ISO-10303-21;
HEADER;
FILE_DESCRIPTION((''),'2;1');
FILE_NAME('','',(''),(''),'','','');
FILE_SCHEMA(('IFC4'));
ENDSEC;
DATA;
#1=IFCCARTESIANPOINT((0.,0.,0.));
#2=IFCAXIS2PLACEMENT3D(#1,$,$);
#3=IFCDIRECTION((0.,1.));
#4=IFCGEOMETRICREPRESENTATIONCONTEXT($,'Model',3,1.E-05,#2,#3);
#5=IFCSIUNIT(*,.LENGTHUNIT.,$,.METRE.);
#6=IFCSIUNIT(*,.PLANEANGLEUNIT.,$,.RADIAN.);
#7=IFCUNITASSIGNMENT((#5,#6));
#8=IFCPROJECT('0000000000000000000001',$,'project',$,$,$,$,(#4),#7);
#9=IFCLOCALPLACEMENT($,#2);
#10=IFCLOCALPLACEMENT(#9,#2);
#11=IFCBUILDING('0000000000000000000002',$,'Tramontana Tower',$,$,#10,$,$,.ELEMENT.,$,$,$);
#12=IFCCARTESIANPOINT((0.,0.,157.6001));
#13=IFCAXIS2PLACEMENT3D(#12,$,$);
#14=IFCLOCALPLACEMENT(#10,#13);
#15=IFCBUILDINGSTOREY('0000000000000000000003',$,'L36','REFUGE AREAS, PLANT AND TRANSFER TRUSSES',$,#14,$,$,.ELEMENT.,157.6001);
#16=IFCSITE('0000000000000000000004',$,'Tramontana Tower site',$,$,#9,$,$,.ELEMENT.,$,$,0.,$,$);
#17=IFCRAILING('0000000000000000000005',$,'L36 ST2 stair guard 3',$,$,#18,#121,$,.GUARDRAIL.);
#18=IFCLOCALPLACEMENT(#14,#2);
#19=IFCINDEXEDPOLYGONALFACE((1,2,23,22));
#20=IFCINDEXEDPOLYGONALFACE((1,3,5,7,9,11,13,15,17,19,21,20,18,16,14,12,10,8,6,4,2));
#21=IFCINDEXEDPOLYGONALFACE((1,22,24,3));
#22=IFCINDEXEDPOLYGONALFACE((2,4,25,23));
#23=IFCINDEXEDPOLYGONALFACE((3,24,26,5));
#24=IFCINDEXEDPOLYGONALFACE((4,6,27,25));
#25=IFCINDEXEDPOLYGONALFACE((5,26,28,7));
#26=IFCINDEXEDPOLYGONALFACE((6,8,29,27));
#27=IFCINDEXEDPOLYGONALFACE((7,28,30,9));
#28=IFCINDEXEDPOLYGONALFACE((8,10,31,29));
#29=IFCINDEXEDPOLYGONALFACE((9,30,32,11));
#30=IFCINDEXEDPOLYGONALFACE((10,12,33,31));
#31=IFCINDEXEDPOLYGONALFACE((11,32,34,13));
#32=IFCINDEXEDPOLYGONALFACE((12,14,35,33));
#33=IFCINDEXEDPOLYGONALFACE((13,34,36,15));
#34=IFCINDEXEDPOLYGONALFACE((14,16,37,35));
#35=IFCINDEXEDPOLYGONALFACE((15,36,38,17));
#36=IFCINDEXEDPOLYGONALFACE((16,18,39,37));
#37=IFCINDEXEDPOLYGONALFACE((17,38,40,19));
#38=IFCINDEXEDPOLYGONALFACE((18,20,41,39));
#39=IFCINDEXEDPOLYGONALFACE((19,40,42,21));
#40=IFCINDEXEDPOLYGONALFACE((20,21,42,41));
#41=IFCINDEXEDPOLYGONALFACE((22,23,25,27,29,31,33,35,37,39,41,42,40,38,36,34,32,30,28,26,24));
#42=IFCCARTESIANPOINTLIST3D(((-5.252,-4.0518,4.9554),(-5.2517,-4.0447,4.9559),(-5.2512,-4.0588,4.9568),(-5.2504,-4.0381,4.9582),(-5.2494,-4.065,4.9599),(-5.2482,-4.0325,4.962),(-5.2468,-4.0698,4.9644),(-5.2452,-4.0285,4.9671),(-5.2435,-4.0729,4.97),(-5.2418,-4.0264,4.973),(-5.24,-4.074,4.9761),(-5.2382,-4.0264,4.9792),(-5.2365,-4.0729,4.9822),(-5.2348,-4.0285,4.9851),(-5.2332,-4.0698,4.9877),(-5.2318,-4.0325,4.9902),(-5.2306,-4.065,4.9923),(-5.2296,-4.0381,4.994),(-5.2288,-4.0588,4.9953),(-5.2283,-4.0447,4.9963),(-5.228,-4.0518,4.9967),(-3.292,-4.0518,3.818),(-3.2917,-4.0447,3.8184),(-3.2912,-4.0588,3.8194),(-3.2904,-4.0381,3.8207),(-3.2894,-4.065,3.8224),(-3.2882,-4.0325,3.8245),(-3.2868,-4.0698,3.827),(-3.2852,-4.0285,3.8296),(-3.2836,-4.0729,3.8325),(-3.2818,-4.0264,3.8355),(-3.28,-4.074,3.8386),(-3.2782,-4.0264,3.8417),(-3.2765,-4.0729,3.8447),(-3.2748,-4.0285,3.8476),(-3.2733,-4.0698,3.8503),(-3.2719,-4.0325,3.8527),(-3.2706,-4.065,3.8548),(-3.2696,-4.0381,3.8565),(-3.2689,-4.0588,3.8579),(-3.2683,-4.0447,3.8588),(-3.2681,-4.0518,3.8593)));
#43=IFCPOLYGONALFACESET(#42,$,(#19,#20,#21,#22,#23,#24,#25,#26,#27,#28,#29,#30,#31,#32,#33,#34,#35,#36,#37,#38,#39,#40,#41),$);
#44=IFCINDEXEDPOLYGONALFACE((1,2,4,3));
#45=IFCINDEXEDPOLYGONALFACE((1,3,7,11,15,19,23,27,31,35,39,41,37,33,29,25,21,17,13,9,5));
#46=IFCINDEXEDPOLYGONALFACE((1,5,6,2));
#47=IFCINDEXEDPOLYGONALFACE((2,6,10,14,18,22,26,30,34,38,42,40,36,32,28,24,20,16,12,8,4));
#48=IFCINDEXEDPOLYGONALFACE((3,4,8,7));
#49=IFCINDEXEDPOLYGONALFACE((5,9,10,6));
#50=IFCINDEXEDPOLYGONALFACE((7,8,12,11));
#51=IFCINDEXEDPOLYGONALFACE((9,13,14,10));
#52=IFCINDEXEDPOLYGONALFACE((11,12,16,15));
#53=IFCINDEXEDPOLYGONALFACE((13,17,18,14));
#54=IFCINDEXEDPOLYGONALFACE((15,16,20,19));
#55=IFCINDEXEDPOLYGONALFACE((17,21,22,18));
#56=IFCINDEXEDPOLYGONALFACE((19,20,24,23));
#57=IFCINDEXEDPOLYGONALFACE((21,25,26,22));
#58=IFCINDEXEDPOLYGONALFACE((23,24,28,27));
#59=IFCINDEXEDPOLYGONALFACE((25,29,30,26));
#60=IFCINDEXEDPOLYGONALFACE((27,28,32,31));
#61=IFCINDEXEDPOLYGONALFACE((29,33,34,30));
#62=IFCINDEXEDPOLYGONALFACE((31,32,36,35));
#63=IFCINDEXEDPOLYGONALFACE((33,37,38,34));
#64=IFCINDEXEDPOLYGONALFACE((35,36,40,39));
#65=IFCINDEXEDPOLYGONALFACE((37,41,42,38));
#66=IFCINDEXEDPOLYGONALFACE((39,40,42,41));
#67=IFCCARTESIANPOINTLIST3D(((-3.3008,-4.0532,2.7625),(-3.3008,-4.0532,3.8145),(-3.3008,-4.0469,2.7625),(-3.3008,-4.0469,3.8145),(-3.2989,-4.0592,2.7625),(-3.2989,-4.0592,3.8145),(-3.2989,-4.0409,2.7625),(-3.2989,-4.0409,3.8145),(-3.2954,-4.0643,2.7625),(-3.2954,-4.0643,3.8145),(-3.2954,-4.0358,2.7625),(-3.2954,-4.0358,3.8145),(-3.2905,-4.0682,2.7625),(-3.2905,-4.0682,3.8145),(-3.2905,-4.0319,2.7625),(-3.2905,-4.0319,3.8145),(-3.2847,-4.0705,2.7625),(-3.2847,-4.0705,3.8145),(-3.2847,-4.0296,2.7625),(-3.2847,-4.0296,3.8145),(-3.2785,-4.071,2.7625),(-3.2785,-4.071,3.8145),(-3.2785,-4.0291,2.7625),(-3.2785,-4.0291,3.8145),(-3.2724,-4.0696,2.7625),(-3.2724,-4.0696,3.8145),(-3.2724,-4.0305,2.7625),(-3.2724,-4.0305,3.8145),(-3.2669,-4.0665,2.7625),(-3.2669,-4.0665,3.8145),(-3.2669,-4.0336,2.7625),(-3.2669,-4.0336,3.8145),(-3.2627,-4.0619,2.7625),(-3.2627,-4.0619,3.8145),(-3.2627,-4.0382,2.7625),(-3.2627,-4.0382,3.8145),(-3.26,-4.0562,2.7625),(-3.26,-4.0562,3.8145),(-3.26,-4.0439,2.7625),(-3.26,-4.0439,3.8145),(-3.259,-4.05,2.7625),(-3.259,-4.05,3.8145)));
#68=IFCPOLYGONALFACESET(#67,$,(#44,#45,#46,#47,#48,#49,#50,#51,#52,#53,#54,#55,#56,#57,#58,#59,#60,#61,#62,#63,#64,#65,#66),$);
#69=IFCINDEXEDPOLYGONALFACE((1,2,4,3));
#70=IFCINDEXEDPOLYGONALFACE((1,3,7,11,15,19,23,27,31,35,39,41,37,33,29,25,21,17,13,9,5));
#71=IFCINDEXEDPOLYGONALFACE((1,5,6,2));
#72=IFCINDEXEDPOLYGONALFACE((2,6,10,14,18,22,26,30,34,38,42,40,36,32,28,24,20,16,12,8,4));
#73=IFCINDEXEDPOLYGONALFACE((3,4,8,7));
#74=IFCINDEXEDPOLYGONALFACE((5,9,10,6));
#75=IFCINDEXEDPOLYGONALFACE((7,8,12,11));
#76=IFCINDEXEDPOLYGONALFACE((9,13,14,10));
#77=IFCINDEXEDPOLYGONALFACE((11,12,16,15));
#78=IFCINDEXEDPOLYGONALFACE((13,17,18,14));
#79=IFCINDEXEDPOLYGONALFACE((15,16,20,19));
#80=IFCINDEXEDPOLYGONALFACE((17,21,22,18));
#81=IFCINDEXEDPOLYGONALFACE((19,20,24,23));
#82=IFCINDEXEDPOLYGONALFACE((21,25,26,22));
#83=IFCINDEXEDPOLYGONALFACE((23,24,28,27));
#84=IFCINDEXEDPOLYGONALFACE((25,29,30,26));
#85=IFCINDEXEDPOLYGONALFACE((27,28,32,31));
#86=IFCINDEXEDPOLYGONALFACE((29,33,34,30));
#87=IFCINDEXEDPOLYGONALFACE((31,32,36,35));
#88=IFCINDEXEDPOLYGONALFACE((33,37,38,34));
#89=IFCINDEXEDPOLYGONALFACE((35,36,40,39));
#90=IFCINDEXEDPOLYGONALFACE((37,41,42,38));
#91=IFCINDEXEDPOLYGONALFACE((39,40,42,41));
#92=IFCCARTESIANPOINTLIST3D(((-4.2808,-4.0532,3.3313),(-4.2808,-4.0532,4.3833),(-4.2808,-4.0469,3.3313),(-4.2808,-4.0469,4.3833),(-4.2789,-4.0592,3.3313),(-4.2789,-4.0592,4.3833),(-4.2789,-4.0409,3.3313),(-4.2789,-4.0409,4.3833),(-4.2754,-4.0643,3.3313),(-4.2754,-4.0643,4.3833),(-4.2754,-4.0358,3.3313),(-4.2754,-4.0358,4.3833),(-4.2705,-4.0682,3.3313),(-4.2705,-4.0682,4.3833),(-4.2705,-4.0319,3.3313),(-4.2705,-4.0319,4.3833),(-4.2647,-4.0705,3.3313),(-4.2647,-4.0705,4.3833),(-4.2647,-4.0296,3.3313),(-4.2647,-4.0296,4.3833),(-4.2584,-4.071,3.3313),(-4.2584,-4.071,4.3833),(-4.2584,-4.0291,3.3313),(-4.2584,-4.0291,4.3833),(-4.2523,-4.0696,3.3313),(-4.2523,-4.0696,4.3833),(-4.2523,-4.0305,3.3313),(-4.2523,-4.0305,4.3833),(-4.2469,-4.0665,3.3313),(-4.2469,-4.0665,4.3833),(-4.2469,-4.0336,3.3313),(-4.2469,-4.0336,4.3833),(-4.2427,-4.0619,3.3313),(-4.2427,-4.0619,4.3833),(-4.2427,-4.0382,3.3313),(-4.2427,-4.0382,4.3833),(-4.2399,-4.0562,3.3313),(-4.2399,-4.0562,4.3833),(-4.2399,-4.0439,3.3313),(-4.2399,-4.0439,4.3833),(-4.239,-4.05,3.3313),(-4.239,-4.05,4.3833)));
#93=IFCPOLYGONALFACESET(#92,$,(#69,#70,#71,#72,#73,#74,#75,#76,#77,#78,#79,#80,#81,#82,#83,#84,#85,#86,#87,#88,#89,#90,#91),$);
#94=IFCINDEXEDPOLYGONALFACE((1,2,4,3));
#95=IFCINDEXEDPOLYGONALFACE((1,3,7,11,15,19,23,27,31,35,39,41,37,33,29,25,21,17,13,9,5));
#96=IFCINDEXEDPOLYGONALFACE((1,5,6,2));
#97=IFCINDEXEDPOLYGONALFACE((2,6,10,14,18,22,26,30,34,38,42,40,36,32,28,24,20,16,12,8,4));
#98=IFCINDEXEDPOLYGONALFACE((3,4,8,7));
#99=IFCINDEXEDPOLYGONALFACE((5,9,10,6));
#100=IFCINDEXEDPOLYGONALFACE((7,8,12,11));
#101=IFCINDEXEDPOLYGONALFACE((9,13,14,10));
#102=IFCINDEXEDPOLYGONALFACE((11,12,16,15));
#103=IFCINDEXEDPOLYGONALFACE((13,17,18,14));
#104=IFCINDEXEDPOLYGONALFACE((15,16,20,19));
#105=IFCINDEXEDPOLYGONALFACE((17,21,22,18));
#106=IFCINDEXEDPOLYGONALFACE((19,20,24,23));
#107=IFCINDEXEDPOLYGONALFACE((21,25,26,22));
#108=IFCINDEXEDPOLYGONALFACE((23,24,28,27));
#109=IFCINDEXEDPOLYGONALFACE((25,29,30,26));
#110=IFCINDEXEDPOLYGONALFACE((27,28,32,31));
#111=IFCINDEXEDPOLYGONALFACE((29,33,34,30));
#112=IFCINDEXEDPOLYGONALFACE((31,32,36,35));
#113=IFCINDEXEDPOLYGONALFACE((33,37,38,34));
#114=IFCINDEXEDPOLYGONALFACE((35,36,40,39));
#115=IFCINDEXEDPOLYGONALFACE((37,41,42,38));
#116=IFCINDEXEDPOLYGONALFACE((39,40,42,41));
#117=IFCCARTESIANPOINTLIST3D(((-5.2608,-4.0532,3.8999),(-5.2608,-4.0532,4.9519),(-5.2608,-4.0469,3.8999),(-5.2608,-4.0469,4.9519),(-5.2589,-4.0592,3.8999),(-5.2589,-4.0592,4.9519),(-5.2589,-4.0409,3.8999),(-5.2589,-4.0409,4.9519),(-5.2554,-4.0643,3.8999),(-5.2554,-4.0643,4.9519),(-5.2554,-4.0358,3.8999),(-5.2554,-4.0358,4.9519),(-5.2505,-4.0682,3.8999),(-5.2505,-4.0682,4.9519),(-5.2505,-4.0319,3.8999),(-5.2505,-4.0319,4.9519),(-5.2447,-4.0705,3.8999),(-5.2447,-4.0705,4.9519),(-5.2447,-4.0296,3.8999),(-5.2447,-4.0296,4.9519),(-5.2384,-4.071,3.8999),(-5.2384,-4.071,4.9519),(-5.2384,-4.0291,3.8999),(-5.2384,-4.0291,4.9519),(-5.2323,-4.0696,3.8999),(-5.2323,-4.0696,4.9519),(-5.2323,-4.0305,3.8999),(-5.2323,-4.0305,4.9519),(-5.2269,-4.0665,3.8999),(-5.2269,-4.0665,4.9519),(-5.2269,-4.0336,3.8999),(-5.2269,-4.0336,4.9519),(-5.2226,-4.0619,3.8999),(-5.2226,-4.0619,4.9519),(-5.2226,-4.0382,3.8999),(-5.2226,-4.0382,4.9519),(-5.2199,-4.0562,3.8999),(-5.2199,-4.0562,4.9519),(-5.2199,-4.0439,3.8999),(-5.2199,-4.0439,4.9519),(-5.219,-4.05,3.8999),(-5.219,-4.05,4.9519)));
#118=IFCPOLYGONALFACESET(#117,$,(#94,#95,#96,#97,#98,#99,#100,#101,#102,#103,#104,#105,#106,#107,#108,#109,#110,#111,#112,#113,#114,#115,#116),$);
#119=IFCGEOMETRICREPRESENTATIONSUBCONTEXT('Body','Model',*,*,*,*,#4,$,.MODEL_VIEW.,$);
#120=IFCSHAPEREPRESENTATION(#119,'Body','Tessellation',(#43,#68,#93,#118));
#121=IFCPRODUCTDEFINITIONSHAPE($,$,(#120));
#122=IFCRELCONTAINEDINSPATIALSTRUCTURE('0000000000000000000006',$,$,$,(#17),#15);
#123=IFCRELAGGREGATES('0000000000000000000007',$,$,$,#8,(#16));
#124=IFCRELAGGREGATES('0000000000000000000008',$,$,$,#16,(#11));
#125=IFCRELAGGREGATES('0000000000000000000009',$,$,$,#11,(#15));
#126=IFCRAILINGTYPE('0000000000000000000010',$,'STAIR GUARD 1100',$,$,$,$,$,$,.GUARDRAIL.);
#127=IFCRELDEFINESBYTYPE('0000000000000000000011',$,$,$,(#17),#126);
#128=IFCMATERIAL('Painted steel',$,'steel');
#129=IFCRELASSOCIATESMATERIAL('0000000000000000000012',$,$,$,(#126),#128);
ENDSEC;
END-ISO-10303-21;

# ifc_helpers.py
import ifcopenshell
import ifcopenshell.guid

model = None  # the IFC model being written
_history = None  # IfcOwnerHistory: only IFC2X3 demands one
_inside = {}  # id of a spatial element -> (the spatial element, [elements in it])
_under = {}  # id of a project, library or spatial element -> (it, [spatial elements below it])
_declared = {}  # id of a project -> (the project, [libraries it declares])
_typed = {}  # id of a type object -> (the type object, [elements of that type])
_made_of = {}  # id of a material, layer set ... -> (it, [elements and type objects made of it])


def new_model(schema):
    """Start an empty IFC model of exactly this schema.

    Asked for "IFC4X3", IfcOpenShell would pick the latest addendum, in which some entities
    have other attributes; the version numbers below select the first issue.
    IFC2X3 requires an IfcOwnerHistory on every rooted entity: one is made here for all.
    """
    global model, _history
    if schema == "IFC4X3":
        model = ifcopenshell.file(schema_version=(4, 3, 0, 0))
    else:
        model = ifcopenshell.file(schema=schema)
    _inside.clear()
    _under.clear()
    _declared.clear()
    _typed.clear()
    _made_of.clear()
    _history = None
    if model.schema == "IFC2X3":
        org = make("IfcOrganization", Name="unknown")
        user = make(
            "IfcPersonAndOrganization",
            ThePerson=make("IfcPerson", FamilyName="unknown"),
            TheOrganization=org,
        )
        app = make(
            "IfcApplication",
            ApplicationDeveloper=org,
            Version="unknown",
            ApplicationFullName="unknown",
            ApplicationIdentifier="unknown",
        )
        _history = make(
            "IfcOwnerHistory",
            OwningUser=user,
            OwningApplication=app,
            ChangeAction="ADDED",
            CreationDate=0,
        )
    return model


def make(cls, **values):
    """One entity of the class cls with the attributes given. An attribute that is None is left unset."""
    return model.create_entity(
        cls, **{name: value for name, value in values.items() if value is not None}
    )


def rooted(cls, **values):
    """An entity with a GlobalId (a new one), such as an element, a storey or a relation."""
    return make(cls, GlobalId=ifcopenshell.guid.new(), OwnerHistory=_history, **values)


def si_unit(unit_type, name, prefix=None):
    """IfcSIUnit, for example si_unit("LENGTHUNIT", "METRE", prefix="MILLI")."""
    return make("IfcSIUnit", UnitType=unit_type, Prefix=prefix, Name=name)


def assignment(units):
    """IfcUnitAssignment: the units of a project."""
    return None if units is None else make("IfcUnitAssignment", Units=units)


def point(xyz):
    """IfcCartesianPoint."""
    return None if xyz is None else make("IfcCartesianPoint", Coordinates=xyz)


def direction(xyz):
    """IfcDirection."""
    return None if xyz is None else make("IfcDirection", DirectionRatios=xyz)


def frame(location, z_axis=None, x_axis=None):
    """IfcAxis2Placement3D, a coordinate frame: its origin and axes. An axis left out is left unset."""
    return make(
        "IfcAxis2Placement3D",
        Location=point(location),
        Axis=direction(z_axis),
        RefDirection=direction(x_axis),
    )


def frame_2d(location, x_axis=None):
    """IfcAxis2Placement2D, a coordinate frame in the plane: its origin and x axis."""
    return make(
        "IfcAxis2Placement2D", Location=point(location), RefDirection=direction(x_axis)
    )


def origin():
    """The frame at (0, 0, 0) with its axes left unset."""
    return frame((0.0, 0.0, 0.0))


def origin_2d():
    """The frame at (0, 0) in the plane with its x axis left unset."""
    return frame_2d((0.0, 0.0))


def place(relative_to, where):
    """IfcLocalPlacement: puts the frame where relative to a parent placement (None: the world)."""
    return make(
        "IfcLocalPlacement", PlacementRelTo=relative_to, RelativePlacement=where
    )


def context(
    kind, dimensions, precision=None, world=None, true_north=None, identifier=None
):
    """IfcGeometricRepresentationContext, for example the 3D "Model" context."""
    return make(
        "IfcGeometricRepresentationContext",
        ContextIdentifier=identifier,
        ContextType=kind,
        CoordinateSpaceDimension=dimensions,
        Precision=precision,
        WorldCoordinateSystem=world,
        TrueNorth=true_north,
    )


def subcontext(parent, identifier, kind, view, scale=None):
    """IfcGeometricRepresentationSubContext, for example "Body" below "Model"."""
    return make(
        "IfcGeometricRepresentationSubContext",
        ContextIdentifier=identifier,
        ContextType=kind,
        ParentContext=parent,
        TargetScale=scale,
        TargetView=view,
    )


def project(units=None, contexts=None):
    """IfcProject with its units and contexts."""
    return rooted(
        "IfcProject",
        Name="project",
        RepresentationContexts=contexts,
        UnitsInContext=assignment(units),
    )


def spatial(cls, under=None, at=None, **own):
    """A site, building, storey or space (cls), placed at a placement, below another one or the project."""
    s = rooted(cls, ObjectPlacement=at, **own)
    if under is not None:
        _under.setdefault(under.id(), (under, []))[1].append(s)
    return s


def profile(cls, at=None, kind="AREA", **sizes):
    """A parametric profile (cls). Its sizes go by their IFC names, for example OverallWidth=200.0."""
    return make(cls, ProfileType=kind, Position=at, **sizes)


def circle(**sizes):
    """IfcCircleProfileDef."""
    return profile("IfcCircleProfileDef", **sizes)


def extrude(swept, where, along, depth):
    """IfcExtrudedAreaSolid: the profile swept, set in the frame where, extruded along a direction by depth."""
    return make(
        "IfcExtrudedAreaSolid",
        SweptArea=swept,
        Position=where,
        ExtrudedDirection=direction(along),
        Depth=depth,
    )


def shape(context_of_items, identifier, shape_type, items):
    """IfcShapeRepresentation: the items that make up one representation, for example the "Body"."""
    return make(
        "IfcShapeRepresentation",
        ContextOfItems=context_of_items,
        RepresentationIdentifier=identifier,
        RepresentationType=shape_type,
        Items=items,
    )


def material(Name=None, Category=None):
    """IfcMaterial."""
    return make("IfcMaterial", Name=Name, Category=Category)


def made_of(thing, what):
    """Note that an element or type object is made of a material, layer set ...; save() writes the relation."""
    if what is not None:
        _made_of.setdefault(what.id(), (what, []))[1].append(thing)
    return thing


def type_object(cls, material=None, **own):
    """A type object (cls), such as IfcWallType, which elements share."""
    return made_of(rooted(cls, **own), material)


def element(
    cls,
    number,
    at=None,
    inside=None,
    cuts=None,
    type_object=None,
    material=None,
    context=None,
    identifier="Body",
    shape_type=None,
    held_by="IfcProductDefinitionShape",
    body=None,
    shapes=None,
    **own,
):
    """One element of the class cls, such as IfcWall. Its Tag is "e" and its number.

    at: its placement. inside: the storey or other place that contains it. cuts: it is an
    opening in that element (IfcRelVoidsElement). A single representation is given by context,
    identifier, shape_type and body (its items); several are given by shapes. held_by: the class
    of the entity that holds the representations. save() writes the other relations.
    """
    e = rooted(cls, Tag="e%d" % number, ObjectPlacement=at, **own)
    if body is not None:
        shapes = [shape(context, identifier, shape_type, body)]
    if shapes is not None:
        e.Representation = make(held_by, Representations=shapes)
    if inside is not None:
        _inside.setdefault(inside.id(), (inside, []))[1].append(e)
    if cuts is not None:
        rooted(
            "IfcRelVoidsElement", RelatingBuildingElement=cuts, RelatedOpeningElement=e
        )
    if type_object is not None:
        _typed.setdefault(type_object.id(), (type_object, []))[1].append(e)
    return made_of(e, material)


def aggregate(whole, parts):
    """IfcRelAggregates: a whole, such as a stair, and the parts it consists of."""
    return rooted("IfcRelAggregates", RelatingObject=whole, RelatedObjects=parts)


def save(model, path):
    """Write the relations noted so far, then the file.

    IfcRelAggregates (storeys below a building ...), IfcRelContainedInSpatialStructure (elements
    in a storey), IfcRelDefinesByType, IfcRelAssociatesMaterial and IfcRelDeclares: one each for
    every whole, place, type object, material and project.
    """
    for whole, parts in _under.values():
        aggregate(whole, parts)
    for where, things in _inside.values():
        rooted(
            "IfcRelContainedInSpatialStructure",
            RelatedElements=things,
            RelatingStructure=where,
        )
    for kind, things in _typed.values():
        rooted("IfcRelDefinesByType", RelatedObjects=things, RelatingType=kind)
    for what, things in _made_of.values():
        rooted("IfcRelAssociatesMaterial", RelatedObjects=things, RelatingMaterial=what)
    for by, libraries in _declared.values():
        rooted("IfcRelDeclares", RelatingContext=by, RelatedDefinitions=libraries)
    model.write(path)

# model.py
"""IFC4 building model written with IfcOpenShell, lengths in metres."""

from ifc_helpers import new_model, si_unit, direction, frame, origin, origin_2d, place, context, subcontext, project, spatial, circle, extrude, material, type_object, element, save


model = new_model("IFC4")

# Units and contexts
model_context = context("Model", 3, precision=1e-05, world=origin(), true_north=direction((0.0, 1.0)))
body_context = subcontext(model_context, "Body", "Model", "MODEL_VIEW")
ifc_project = project(units=[si_unit("LENGTHUNIT", "METRE"), si_unit("PLANEANGLEUNIT", "RADIAN")], contexts=[model_context])

# Site, building, storey
site_placement = place(None, origin())
site = spatial("IfcSite", under=ifc_project, at=site_placement, Name="Tramontana Tower site", CompositionType="ELEMENT", RefElevation=0.0)
building_placement = place(site_placement, origin())
building = spatial("IfcBuilding", under=site, at=building_placement, Name="Tramontana Tower", CompositionType="ELEMENT")
storey_placement = place(building_placement, frame((0.0, 0.0, 157.6001)))
storey = spatial("IfcBuildingStorey", under=building, at=storey_placement, Name="L36", Description="REFUGE AREAS, PLANT AND TRANSFER TRUSSES", CompositionType="ELEMENT", Elevation=157.6001)

# Railing
ifc_material_1 = material(Name="Painted steel", Category="steel")
railing_type_1 = type_object("IfcRailingType", Name="STAIR GUARD 1100", PredefinedType="GUARDRAIL", material=ifc_material_1)
railing_1_placement = place(storey_placement, frame((-3.28, -4.05, 2.7625)))
element("IfcRailing", 1, at=railing_1_placement, inside=storey, type_object=railing_type_1, Name="L36 ST2 stair guard 3", PredefinedType="GUARDRAIL", context=body_context, shape_type="SweptSolid", body=[
    extrude(circle(Radius=0.0239, at=origin_2d()), frame((0.0, 0.0, 1.0762), z_axis=(-0.864902, 0.0, 0.501941), x_axis=(0.0, -1.0, 0.0)), (0.0, 0.0, 1.0), 2.2661),
    extrude(circle(Radius=0.021, at=origin_2d()), origin(), (0.0, 0.0, 1.0), 1.052),
    extrude(circle(Radius=0.021, at=origin_2d()), frame((-0.98, 0.0, 0.5688)), (0.0, 0.0, 1.0), 1.052),
    extrude(circle(Radius=0.021, at=origin_2d()), frame((-1.96, 0.0, 1.1375)), (0.0, 0.0, 1.0), 1.052),
])

save(model, "model.ifc")
